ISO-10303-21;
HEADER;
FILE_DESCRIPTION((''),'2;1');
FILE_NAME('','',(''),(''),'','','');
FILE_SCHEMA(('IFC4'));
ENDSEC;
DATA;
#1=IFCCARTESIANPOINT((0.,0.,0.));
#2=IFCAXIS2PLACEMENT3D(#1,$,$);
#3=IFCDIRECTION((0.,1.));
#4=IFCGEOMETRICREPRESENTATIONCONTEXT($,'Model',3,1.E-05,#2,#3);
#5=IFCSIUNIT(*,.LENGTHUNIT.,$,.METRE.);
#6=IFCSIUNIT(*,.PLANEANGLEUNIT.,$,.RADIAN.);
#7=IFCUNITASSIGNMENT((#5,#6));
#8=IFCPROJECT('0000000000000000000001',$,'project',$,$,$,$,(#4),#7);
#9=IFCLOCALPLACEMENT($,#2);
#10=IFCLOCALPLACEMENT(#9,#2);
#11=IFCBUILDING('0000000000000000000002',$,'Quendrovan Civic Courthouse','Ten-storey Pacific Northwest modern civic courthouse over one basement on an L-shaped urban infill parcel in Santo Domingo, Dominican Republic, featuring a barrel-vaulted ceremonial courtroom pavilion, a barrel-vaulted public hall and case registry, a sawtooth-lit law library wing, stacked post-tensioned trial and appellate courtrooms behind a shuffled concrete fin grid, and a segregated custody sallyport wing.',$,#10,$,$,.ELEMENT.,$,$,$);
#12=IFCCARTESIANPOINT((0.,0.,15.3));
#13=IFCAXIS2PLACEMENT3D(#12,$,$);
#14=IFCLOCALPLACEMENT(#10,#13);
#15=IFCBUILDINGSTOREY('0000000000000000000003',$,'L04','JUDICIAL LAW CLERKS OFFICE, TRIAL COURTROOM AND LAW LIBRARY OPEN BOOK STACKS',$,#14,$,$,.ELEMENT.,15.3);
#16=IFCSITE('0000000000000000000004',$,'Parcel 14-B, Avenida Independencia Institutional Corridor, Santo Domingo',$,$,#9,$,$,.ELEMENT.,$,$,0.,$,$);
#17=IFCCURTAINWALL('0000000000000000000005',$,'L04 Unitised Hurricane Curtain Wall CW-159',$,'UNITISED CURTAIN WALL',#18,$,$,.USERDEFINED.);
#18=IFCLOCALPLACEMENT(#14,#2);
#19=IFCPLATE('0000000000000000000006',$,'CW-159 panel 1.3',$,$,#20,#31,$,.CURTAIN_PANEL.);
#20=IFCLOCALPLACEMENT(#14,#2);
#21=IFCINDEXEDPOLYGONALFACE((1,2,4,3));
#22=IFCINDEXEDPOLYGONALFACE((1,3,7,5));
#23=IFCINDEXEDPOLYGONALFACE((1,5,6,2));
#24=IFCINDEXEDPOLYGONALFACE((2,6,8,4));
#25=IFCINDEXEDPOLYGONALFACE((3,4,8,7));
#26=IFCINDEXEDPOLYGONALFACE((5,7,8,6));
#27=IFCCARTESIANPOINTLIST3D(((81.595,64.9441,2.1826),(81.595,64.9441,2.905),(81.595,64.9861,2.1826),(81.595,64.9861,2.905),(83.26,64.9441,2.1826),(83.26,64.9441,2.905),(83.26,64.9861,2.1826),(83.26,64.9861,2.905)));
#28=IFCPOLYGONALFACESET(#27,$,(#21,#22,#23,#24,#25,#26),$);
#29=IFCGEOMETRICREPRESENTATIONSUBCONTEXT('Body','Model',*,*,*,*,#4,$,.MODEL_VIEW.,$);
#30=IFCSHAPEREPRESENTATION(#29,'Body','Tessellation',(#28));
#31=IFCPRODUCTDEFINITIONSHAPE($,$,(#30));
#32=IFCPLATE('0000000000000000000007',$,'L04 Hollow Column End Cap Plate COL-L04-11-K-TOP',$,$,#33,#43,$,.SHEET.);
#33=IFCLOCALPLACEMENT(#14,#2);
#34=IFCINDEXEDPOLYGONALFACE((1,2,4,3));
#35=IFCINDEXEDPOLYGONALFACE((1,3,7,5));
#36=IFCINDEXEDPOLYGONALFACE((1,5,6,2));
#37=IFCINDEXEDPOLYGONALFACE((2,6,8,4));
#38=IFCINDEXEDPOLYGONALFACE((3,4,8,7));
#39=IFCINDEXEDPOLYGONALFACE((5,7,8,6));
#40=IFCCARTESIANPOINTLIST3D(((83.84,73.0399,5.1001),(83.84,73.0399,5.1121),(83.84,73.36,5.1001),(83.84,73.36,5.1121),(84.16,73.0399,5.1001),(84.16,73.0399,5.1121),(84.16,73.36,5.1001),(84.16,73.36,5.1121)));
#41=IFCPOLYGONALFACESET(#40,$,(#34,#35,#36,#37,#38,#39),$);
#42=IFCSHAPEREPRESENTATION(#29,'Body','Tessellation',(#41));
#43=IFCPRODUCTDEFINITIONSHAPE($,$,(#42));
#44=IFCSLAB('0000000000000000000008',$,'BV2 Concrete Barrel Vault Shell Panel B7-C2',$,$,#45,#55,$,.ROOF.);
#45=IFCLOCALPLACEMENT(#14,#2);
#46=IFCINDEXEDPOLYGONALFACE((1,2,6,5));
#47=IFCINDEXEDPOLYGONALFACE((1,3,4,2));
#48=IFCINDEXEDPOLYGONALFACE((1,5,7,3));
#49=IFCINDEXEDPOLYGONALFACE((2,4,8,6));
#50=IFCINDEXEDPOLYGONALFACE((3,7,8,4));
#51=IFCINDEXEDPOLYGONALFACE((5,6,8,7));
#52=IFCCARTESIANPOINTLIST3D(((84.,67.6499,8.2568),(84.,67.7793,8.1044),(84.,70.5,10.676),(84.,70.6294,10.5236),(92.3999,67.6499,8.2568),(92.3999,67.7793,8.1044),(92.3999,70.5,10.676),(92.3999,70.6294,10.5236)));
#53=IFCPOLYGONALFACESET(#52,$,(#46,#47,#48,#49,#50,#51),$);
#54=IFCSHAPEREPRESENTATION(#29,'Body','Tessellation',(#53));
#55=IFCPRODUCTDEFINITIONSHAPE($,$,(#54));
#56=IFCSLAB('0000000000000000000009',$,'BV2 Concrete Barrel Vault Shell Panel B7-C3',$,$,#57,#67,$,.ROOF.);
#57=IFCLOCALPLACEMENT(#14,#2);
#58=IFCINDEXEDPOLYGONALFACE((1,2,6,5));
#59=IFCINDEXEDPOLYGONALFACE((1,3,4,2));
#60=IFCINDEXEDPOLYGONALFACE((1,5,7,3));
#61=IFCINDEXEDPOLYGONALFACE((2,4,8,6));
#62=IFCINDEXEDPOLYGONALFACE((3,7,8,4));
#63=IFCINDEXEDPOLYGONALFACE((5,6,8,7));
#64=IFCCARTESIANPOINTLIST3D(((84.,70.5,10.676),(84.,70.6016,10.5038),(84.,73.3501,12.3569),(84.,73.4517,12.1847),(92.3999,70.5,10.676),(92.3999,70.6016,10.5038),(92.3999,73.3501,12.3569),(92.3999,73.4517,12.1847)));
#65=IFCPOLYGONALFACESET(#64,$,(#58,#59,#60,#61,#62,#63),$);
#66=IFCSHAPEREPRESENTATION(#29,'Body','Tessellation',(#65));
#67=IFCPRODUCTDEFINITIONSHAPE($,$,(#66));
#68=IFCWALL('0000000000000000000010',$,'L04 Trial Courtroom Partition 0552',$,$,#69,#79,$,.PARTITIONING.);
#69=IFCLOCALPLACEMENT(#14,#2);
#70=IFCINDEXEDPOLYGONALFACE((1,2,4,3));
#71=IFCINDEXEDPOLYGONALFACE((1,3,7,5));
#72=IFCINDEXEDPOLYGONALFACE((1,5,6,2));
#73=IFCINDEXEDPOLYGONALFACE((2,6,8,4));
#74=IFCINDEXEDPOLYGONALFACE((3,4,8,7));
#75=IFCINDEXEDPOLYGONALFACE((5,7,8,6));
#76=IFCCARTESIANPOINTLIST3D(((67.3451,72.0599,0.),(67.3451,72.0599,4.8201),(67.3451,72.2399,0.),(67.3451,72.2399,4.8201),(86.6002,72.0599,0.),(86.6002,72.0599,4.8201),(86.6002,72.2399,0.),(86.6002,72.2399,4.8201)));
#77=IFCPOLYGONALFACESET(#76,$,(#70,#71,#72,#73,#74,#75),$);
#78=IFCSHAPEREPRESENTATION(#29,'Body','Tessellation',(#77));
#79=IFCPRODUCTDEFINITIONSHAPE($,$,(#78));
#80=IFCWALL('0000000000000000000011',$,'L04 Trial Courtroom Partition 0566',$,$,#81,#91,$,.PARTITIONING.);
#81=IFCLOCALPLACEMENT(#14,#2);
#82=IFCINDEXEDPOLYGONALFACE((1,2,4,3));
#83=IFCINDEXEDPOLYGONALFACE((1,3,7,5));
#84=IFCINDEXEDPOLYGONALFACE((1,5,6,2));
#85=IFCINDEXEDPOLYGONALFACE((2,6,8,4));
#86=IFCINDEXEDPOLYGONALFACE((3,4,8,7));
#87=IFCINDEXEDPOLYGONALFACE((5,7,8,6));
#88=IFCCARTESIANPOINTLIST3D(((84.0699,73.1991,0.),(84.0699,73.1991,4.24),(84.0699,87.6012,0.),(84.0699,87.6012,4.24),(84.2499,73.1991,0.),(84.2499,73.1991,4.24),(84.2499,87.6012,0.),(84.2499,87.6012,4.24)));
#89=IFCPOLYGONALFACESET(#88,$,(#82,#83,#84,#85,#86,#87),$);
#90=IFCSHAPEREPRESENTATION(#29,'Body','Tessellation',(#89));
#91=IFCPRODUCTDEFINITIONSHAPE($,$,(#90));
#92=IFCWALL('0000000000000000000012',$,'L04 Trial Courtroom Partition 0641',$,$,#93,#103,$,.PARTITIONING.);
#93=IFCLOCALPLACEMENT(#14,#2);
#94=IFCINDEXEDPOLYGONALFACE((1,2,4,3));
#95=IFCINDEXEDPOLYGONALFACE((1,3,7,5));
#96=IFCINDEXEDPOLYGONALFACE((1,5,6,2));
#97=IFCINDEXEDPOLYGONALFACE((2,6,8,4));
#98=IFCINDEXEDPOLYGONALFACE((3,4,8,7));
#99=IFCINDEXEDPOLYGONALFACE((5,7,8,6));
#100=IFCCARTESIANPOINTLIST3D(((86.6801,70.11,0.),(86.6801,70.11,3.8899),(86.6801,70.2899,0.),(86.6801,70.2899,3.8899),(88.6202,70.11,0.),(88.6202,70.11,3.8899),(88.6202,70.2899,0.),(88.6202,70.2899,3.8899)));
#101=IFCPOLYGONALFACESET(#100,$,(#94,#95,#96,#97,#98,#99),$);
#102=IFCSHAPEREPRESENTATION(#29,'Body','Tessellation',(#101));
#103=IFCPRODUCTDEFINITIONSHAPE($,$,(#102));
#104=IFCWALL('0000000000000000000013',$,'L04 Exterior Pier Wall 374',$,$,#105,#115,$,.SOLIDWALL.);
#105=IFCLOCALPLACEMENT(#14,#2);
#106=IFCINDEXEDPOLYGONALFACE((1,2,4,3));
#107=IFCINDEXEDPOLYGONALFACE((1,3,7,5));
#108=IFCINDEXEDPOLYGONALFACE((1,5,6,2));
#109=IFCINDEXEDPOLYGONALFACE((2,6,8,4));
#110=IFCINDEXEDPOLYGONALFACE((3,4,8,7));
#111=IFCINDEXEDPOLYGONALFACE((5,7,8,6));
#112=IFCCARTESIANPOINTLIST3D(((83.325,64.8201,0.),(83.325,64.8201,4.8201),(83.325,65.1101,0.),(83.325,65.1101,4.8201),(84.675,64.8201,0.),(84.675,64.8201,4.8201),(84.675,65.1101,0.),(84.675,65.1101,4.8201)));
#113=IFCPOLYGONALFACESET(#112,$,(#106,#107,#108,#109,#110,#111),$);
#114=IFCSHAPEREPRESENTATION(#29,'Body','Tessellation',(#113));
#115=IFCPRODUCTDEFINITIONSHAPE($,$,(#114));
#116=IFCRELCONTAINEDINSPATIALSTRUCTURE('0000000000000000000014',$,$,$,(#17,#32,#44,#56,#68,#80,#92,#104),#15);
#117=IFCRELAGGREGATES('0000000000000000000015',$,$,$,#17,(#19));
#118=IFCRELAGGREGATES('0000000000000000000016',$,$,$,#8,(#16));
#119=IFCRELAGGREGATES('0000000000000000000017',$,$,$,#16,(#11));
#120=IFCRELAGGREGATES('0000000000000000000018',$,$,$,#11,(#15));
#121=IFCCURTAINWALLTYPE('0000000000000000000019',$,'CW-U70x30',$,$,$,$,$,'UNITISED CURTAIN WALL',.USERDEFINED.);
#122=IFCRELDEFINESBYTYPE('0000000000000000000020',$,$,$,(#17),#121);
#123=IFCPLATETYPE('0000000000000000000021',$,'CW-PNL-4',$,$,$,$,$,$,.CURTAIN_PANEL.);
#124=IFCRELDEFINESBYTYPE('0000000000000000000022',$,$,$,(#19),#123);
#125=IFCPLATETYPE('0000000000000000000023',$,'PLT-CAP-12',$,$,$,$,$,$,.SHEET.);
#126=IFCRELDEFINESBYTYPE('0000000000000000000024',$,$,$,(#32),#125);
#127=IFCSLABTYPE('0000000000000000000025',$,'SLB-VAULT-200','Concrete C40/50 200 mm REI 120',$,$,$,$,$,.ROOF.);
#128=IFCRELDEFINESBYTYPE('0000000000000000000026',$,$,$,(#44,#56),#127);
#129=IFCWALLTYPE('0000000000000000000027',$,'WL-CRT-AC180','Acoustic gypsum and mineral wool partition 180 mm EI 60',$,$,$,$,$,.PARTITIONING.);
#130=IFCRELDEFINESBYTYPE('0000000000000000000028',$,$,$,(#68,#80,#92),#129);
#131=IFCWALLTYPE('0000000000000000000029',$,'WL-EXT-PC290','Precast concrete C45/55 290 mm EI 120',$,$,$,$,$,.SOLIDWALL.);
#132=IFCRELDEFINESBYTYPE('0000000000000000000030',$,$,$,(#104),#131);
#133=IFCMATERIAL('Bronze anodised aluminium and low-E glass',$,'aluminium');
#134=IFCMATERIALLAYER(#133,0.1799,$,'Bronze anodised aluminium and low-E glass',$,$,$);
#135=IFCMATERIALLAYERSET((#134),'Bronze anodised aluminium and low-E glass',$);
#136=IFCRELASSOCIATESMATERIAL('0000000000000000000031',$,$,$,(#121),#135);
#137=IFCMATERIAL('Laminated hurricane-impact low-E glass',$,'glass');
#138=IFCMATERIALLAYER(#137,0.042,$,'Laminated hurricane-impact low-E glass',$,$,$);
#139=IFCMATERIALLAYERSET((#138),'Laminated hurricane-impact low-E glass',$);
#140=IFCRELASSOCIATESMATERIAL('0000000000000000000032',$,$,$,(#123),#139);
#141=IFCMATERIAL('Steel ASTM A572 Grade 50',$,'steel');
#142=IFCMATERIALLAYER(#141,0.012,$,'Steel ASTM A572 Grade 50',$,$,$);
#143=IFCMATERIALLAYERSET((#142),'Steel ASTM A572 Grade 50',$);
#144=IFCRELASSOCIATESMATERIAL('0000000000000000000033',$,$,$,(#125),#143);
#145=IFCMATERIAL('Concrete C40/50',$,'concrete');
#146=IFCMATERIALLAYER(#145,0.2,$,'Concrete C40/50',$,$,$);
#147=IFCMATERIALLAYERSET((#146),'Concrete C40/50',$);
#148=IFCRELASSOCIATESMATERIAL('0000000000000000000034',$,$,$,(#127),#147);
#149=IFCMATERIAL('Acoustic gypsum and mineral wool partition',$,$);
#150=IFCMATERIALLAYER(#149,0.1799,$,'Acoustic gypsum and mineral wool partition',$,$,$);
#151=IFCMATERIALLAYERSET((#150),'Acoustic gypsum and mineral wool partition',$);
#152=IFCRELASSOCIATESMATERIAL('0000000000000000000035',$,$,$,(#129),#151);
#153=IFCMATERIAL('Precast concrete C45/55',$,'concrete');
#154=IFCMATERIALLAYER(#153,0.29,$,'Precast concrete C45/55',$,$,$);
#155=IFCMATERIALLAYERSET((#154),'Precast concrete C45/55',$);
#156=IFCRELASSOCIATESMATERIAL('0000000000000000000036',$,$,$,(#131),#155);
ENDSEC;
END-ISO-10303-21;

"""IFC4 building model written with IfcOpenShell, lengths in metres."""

from ifc_helpers import new_model, si_unit, direction, frame, frame_2d, origin, origin_2d, place, context, subcontext, project, spatial, polyline, rectangle, outline, extrude, material, layer, layer_set, type_object, element, aggregate, save


model = new_model("IFC4")

# Units and contexts
model_context = context("Model", 3, precision=1e-05, world=origin(), true_north=direction((0.0, 1.0)))
body_context = subcontext(model_context, "Body", "Model", "MODEL_VIEW")
ifc_project = project(units=[si_unit("LENGTHUNIT", "METRE"), si_unit("PLANEANGLEUNIT", "RADIAN")], contexts=[model_context])

# Site, building, storey
site_placement = place(None, origin())
site = spatial("IfcSite", under=ifc_project, at=site_placement, Name="Parcel 14-B, Avenida Independencia Institutional Corridor, Santo Domingo", CompositionType="ELEMENT", RefElevation=0.0)
building_placement = place(site_placement, origin())
building = spatial("IfcBuilding", under=site, at=building_placement, Name="Quendrovan Civic Courthouse", Description="Ten-storey Pacific Northwest modern civic courthouse over one basement on an L-shaped urban infill parcel in Santo Domingo, Dominican Republic, featuring a barrel-vaulted ceremonial courtroom pavilion, a barrel-vaulted public hall and case registry, a sawtooth-lit law library wing, stacked post-tensioned trial and appellate courtrooms behind a shuffled concrete fin grid, and a segregated custody sallyport wing.", CompositionType="ELEMENT")
storey_placement = place(building_placement, frame((0.0, 0.0, 15.3)))
storey = spatial("IfcBuildingStorey", under=building, at=storey_placement, Name="L04", Description="JUDICIAL LAW CLERKS OFFICE, TRIAL COURTROOM AND LAW LIBRARY OPEN BOOK STACKS", CompositionType="ELEMENT", Elevation=15.3)

# Shared definitions
ifc_material_1 = material(Name="Concrete C40/50", Category="concrete")

# Shared definitions
ifc_material_2 = material(Name="Bronze anodised aluminium and low-E glass", Category="aluminium")

# Curtain wall
ifc_layer_1 = layer(ifc_material_2, 0.1799, Name="Bronze anodised aluminium and low-E glass")
ifc_layer_set_1 = layer_set([ifc_layer_1], Name="Bronze anodised aluminium and low-E glass")
curtain_wall_type_1 = type_object("IfcCurtainWallType", Name="CW-U70x30", ElementType="UNITISED CURTAIN WALL", PredefinedType="USERDEFINED", material=ifc_layer_set_1)
curtain_wall_1_placement = place(storey_placement, origin())
curtain_wall_1 = element("IfcCurtainWall", 1, at=curtain_wall_1_placement, inside=storey, type_object=curtain_wall_type_1, Name="L04 Unitised Hurricane Curtain Wall CW-159", ObjectType="UNITISED CURTAIN WALL", PredefinedType="USERDEFINED")

# Plates
ifc_material_3 = material(Name="Laminated hurricane-impact low-E glass", Category="glass")
ifc_layer_2 = layer(ifc_material_3, 0.042, Name="Laminated hurricane-impact low-E glass")
ifc_layer_set_2 = layer_set([ifc_layer_2], Name="Laminated hurricane-impact low-E glass")
plate_type_1 = type_object("IfcPlateType", Name="CW-PNL-4", PredefinedType="CURTAIN_PANEL", material=ifc_layer_set_2)
plate_1_placement = place(storey_placement, frame((82.4275, 64.9651, 2.1826), z_axis=(0.0, 0.0, 1.0), x_axis=(-1.0, 0.0, 0.0)))
plate_1 = element("IfcPlate", 2, at=plate_1_placement, type_object=plate_type_1, Name="CW-159 panel 1.3", PredefinedType="CURTAIN_PANEL", context=body_context, shape_type="SweptSolid", body=[
    extrude(rectangle(XDim=1.665, YDim=0.042, at=origin_2d()), origin(), (0.0, 0.0, 1.0), 0.7224),
])
aggregate(curtain_wall_1, [plate_1])
ifc_material_4 = material(Name="Steel ASTM A572 Grade 50", Category="steel")
ifc_layer_3 = layer(ifc_material_4, 0.012, Name="Steel ASTM A572 Grade 50")
ifc_layer_set_3 = layer_set([ifc_layer_3], Name="Steel ASTM A572 Grade 50")
plate_type_2 = type_object("IfcPlateType", Name="PLT-CAP-12", PredefinedType="SHEET", material=ifc_layer_set_3)
plate_2_placement = place(storey_placement, frame((84.0, 73.2, 5.1001), z_axis=(0.0, 0.0, 1.0), x_axis=(1.0, 0.0, 0.0)))
element("IfcPlate", 3, at=plate_2_placement, inside=storey, type_object=plate_type_2, Name="L04 Hollow Column End Cap Plate COL-L04-11-K-TOP", PredefinedType="SHEET", context=body_context, shape_type="SweptSolid", body=[
    extrude(rectangle(XDim=0.3201, YDim=0.3201, at=origin_2d()), origin(), (0.0, 0.0, 1.0), 0.012),
])

# Slabs
ifc_layer_4 = layer(ifc_material_1, 0.2, Name="Concrete C40/50")
ifc_layer_set_4 = layer_set([ifc_layer_4], Name="Concrete C40/50")
slab_type = type_object("IfcSlabType", Name="SLB-VAULT-200", Description="Concrete C40/50 200 mm REI 120", PredefinedType="ROOF", material=ifc_layer_set_4)
slab_1_placement = place(storey_placement, frame((84.0, 67.6499, 8.2568), z_axis=(0.0, -0.647121, 0.762387), x_axis=(1.0, 0.0, 0.0)))
element("IfcSlab", 4, at=slab_1_placement, inside=storey, type_object=slab_type, Name="BV2 Concrete Barrel Vault Shell Panel B7-C2", PredefinedType="ROOF", context=body_context, shape_type="SweptSolid", body=[
    extrude(outline(polyline([(0.0, 0.0), (8.3999, 0.0), (8.3999, 3.7384), (0.0, 3.7384), (0.0, 0.0)])), origin(), (0.0, 0.0, -1.0), 0.2),
])
slab_2_placement = place(storey_placement, frame((84.0, 70.5, 10.676), z_axis=(0.0, -0.508003, 0.861355), x_axis=(1.0, 0.0, 0.0)))
element("IfcSlab", 5, at=slab_2_placement, inside=storey, type_object=slab_type, Name="BV2 Concrete Barrel Vault Shell Panel B7-C3", PredefinedType="ROOF", context=body_context, shape_type="SweptSolid", body=[
    extrude(outline(polyline([(0.0, 0.0), (8.3999, 0.0), (8.3999, 3.3089), (0.0, 3.3089), (0.0, 0.0)])), origin(), (0.0, 0.0, -1.0), 0.2),
])

# Walls
ifc_material_5 = material(Name="Acoustic gypsum and mineral wool partition")
ifc_layer_5 = layer(ifc_material_5, 0.1799, Name="Acoustic gypsum and mineral wool partition")
ifc_layer_set_5 = layer_set([ifc_layer_5], Name="Acoustic gypsum and mineral wool partition")
wall_type_1 = type_object("IfcWallType", Name="WL-CRT-AC180", Description="Acoustic gypsum and mineral wool partition 180 mm EI 60", PredefinedType="PARTITIONING", material=ifc_layer_set_5)
wall_1_placement = place(storey_placement, frame((86.6001, 72.1499, 0.0), z_axis=(0.0, 0.0, 1.0), x_axis=(-1.0, 0.0, 0.0)))
element("IfcWall", 6, at=wall_1_placement, inside=storey, type_object=wall_type_1, Name="L04 Trial Courtroom Partition 0552", PredefinedType="PARTITIONING", context=body_context, shape_type="SweptSolid", body=[
    extrude(rectangle(XDim=19.2551, YDim=0.1799, at=frame_2d((9.6274, 0.0))), origin(), (0.0, 0.0, 1.0), 4.8201),
])
wall_2_placement = place(storey_placement, frame((84.1599, 73.199, 0.0), z_axis=(0.0, 0.0, 1.0), x_axis=(0.0, 1.0, 0.0)))
element("IfcWall", 7, at=wall_2_placement, inside=storey, type_object=wall_type_1, Name="L04 Trial Courtroom Partition 0566", PredefinedType="PARTITIONING", context=body_context, shape_type="SweptSolid", body=[
    extrude(rectangle(XDim=14.4021, YDim=0.1799, at=frame_2d((7.2012, 0.0))), origin(), (0.0, 0.0, 1.0), 4.24),
])
wall_3_placement = place(storey_placement, frame((86.6799, 70.2, 0.0), z_axis=(0.0, 0.0, 1.0), x_axis=(1.0, 0.0, 0.0)))
element("IfcWall", 8, at=wall_3_placement, inside=storey, type_object=wall_type_1, Name="L04 Trial Courtroom Partition 0641", PredefinedType="PARTITIONING", context=body_context, shape_type="SweptSolid", body=[
    extrude(rectangle(XDim=1.9402, YDim=0.1799, at=frame_2d((0.9702, 0.0))), origin(), (0.0, 0.0, 1.0), 3.8899),
])
ifc_material_6 = material(Name="Precast concrete C45/55", Category="concrete")
ifc_layer_6 = layer(ifc_material_6, 0.29, Name="Precast concrete C45/55")
ifc_layer_set_6 = layer_set([ifc_layer_6], Name="Precast concrete C45/55")
wall_type_2 = type_object("IfcWallType", Name="WL-EXT-PC290", Description="Precast concrete C45/55 290 mm EI 120", PredefinedType="SOLIDWALL", material=ifc_layer_set_6)
wall_4_placement = place(storey_placement, frame((84.675, 64.9651, 0.0), z_axis=(0.0, 0.0, 1.0), x_axis=(-1.0, 0.0, 0.0)))
element("IfcWall", 9, at=wall_4_placement, inside=storey, type_object=wall_type_2, Name="L04 Exterior Pier Wall 374", PredefinedType="SOLIDWALL", context=body_context, shape_type="SweptSolid", body=[
    extrude(rectangle(XDim=1.3501, YDim=0.29, at=frame_2d((0.675, 0.0))), origin(), (0.0, 0.0, 1.0), 4.8201),
])

save(model, "model.ifc")
